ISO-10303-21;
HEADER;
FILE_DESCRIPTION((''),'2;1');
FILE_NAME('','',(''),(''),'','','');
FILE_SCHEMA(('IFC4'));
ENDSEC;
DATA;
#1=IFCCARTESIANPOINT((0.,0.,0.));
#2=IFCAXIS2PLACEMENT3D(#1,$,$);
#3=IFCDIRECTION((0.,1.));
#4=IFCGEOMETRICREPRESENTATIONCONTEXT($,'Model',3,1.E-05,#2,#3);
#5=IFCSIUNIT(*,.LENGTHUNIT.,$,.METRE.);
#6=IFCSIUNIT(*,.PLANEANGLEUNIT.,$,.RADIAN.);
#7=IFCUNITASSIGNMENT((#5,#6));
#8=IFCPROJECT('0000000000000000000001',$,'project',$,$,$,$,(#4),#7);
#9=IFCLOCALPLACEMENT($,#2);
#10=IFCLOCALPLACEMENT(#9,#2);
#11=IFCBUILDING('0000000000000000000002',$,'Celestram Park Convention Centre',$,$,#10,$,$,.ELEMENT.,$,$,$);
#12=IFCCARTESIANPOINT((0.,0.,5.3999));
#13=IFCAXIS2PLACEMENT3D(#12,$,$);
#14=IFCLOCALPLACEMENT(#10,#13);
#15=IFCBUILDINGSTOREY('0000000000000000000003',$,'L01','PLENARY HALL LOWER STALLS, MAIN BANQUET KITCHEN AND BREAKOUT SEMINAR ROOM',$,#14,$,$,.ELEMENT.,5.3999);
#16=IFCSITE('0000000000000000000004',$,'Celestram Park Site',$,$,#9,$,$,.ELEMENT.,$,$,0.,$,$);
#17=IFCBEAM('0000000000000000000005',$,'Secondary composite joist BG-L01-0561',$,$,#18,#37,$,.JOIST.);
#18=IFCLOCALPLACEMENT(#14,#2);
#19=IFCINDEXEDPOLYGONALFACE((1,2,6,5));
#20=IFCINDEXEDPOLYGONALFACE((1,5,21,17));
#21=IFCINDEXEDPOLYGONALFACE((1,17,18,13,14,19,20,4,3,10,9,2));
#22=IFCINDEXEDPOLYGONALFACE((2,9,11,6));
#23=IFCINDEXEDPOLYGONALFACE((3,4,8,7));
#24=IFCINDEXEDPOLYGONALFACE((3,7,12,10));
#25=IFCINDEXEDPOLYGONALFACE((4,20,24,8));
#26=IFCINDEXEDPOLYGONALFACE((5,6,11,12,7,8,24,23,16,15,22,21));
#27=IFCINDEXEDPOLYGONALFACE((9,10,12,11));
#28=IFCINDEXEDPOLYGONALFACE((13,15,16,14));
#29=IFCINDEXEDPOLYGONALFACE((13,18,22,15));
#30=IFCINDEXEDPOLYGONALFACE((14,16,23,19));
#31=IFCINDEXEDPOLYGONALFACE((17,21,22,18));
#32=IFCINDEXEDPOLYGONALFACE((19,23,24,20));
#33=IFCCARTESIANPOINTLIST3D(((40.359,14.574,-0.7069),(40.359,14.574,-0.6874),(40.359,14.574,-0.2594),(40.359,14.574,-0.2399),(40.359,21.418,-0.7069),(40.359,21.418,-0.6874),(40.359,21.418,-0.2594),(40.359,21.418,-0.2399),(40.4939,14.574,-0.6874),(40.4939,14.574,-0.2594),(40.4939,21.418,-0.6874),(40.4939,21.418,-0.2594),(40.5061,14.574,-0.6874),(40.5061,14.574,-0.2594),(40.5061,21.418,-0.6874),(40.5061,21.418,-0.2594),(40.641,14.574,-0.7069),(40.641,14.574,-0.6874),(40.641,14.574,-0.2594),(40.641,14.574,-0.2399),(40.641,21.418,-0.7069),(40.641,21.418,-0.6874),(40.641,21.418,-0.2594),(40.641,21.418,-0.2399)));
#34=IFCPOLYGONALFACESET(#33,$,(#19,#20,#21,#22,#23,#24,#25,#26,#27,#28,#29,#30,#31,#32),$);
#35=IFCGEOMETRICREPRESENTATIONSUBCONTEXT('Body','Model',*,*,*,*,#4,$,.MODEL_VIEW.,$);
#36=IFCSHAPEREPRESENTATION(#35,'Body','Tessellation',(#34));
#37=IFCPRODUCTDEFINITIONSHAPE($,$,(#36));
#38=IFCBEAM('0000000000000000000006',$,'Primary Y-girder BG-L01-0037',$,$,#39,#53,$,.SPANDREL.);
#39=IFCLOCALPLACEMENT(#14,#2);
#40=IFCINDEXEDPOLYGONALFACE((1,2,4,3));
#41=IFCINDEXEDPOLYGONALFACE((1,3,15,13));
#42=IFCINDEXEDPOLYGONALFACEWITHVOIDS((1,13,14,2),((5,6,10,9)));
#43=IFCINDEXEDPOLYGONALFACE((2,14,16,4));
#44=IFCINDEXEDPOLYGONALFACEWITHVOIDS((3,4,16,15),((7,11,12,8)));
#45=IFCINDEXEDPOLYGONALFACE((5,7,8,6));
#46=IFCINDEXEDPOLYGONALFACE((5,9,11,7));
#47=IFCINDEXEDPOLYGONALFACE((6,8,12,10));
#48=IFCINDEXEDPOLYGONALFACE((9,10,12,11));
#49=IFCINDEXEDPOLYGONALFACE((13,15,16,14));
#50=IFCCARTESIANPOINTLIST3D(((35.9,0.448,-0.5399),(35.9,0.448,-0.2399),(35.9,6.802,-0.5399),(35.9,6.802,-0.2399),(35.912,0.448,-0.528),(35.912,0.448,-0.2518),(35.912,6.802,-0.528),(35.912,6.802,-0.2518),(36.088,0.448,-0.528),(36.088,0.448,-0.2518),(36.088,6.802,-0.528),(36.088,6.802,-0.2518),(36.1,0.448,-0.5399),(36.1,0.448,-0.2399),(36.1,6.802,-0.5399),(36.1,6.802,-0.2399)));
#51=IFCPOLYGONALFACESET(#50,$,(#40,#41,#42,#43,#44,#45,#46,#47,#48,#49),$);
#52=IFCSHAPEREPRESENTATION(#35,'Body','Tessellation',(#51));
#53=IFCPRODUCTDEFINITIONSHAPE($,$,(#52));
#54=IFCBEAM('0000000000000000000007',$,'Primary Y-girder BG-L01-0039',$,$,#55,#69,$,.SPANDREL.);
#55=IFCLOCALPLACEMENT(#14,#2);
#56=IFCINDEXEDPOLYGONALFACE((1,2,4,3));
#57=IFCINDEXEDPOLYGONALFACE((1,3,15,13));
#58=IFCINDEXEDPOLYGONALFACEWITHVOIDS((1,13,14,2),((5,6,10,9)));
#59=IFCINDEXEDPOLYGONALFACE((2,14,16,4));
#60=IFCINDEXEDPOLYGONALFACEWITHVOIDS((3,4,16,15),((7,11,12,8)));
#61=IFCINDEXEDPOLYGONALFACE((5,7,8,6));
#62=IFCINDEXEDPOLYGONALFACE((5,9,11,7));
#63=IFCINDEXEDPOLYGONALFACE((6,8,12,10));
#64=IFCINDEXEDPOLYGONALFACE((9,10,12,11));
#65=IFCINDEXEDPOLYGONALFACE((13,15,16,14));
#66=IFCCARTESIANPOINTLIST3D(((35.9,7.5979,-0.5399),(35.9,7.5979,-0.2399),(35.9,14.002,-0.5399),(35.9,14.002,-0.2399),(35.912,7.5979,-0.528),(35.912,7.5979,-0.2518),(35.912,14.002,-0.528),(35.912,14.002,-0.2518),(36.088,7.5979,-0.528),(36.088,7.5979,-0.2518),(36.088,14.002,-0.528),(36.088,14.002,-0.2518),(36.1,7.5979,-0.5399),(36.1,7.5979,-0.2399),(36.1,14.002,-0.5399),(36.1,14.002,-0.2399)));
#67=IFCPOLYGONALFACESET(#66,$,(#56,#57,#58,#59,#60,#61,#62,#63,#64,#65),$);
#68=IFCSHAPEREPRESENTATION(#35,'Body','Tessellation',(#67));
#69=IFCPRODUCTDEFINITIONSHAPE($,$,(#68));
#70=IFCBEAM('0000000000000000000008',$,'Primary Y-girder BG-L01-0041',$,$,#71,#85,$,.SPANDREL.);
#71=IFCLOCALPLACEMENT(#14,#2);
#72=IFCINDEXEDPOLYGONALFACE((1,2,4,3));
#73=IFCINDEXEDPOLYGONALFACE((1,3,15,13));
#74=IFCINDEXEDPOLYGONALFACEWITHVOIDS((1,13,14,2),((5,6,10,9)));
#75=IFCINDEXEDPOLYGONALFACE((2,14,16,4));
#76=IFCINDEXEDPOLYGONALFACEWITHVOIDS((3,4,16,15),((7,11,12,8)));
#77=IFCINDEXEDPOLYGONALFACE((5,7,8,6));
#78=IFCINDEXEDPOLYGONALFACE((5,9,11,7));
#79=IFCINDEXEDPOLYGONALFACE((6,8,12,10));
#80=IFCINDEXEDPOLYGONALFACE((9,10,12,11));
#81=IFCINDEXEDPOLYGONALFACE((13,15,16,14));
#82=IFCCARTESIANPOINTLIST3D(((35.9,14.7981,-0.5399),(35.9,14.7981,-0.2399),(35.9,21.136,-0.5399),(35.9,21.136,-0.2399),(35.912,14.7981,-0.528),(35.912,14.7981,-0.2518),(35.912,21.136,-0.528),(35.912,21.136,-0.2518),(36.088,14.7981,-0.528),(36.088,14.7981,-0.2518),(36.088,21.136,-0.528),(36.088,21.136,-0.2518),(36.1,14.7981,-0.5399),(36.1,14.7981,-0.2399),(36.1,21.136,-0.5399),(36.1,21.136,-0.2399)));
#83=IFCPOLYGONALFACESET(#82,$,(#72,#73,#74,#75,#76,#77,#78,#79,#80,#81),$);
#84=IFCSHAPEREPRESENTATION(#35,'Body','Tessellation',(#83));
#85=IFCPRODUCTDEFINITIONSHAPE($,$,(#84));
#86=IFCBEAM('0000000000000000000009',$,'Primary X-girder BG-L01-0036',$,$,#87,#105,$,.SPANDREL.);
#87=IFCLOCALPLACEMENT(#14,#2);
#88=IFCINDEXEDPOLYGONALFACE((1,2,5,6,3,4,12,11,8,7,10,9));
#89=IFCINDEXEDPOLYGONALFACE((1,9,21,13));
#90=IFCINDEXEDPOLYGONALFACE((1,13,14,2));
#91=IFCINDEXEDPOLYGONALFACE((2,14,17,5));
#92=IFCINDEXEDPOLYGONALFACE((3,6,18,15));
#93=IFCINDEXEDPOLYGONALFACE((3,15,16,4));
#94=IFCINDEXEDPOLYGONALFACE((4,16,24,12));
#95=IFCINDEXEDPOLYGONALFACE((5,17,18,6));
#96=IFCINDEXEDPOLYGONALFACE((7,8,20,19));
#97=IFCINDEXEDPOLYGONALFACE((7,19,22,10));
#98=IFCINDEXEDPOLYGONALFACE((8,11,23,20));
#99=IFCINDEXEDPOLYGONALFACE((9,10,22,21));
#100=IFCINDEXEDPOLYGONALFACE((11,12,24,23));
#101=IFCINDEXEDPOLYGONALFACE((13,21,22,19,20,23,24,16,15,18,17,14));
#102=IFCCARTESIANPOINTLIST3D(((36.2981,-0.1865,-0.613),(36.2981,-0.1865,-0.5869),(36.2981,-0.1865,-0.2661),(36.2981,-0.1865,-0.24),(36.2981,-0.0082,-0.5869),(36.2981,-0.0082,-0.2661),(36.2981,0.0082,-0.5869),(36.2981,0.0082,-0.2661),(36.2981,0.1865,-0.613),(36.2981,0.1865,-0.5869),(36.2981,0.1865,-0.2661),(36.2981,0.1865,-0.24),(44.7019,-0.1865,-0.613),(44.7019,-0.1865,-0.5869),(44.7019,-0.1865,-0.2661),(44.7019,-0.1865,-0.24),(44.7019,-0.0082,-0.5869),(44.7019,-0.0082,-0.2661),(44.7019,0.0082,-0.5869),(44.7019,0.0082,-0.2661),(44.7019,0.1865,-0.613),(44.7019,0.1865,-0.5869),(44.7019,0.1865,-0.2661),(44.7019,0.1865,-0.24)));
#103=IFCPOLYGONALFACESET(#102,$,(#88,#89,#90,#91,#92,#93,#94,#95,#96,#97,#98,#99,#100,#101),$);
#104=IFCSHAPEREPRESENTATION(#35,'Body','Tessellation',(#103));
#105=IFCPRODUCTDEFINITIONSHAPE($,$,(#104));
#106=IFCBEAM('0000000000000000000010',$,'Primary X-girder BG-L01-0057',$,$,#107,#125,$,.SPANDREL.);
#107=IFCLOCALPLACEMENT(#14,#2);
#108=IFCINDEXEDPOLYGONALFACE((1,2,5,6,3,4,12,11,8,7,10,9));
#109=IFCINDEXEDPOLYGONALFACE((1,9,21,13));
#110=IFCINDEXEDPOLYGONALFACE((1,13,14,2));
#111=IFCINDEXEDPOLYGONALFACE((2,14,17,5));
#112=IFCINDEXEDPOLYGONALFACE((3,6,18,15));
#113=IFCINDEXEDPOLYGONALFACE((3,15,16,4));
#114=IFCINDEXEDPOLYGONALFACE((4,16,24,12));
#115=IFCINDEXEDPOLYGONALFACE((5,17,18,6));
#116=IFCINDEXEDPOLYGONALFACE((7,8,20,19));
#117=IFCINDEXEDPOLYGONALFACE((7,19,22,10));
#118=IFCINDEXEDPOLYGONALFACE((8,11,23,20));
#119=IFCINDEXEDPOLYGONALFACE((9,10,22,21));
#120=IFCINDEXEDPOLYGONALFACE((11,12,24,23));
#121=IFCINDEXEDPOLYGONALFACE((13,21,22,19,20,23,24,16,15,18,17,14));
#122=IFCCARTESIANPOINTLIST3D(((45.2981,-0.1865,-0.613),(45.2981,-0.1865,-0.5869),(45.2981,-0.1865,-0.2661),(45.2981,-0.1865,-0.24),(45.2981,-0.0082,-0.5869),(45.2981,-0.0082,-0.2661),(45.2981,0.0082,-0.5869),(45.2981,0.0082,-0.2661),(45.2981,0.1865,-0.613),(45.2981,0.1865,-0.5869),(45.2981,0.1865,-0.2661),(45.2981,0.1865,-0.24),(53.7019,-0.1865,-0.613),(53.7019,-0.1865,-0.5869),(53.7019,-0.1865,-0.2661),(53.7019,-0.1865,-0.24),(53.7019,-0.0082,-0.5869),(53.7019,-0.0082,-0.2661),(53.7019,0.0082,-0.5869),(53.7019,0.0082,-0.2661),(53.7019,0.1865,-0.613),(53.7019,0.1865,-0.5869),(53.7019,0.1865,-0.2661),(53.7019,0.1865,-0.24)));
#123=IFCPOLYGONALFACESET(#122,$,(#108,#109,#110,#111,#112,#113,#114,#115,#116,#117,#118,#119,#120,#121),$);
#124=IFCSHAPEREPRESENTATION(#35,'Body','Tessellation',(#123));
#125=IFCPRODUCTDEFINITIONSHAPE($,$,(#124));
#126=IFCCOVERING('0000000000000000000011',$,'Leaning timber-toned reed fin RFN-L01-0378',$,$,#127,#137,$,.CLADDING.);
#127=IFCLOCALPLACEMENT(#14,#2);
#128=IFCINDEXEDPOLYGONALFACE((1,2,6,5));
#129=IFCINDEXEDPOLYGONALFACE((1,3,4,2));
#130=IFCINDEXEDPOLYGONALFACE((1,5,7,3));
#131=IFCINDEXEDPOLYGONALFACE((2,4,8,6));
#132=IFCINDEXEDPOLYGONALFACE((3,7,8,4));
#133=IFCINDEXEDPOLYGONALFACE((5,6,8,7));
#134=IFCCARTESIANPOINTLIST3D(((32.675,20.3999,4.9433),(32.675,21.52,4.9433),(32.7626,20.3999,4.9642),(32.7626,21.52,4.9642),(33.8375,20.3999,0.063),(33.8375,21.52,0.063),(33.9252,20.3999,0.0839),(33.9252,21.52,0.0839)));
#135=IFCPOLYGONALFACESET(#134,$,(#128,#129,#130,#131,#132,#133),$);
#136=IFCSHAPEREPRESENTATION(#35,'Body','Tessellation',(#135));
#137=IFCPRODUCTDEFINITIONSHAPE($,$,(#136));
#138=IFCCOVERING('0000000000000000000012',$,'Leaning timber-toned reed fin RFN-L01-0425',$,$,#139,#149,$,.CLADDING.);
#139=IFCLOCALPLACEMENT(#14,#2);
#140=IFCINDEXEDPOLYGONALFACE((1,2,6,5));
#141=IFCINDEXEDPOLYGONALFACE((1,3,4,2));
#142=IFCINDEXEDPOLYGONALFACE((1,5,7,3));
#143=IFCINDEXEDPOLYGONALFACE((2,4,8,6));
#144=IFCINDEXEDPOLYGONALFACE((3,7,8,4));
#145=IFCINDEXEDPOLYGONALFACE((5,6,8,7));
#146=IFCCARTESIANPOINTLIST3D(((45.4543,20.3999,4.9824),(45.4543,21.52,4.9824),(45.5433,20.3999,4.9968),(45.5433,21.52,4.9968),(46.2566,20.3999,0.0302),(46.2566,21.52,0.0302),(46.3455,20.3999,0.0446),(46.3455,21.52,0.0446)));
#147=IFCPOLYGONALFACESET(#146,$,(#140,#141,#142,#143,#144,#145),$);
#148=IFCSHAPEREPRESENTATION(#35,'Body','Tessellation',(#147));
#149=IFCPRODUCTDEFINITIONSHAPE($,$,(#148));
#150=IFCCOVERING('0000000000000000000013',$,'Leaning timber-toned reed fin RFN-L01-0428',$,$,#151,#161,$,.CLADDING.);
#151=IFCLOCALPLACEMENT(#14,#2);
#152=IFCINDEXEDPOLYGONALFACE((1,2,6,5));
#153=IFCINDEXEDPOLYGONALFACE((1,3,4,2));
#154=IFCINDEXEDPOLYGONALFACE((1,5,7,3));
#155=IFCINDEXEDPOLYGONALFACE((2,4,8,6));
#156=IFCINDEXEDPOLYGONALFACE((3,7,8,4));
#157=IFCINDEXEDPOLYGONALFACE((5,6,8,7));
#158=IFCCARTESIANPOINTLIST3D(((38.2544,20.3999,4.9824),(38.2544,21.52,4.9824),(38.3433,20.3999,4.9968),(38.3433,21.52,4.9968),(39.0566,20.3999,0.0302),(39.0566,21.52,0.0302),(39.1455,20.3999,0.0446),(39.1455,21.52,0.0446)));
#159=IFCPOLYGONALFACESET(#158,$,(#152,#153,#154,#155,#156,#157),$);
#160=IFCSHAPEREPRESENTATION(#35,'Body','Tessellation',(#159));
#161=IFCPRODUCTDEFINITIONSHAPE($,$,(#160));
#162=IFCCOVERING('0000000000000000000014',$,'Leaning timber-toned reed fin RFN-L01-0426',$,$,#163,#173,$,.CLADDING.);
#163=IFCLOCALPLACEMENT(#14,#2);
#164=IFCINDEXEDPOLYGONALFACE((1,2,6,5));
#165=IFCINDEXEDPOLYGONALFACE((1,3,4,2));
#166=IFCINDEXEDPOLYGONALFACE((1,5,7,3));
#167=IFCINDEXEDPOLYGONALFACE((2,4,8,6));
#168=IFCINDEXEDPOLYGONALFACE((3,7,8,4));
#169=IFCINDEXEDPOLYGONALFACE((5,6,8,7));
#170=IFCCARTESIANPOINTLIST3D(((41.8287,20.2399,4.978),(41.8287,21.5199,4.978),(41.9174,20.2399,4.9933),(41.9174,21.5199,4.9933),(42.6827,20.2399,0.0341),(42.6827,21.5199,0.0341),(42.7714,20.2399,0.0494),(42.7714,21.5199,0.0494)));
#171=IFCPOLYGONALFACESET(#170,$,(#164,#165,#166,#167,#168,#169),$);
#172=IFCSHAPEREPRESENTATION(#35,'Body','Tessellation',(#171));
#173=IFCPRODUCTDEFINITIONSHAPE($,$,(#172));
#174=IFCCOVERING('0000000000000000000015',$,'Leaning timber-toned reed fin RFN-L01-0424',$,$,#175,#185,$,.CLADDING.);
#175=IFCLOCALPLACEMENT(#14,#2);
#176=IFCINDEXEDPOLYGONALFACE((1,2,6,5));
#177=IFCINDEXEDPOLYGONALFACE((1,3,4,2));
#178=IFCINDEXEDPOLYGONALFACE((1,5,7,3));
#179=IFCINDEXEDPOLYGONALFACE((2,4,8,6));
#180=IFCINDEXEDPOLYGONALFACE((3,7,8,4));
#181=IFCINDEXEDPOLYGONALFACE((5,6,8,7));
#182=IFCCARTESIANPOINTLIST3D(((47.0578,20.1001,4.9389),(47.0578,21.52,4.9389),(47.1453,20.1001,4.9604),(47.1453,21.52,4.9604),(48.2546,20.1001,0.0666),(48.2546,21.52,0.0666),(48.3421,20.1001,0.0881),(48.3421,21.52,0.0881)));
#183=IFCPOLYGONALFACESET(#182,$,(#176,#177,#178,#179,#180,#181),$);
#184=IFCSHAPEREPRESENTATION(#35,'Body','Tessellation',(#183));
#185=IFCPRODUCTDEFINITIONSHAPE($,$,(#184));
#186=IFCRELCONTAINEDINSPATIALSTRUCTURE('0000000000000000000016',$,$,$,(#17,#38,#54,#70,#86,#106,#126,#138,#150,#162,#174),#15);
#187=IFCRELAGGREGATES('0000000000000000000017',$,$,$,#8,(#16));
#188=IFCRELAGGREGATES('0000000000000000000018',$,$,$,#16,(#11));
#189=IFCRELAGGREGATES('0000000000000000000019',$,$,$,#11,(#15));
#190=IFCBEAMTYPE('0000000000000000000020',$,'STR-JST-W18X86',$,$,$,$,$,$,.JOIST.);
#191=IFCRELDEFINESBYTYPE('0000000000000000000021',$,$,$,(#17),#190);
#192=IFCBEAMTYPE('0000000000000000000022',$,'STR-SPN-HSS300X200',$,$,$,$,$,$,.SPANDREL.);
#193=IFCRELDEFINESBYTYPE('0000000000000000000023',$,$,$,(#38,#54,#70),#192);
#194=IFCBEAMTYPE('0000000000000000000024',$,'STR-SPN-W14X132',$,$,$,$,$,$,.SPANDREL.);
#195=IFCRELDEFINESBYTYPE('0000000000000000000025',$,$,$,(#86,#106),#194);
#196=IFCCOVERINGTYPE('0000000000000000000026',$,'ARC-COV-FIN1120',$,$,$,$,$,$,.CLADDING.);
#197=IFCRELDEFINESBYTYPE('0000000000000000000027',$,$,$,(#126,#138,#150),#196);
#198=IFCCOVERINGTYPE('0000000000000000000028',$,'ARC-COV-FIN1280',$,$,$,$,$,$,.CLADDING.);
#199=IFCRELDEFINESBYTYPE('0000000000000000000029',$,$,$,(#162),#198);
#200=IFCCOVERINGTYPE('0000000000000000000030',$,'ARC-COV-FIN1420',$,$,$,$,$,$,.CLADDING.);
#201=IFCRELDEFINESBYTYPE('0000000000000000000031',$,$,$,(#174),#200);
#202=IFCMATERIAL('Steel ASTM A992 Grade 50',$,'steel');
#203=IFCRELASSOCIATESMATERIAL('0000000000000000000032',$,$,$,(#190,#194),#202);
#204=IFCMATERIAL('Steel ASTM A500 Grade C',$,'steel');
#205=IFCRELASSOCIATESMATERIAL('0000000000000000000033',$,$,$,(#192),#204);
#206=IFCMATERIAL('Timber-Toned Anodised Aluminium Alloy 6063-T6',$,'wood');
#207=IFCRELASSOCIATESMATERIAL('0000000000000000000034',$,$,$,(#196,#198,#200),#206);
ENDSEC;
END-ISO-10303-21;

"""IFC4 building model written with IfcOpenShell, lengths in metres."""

from ifc_helpers import new_model, si_unit, direction, frame, origin, origin_2d, place, context, subcontext, project, spatial, rectangle, hollow_rectangle, i_section, extrude, material, material_profile, profile_set, type_object, element, save


model = new_model("IFC4")

# Units and contexts
model_context = context("Model", 3, precision=1e-05, world=origin(), true_north=direction((0.0, 1.0)))
body_context = subcontext(model_context, "Body", "Model", "MODEL_VIEW")
ifc_project = project(units=[si_unit("LENGTHUNIT", "METRE"), si_unit("PLANEANGLEUNIT", "RADIAN")], contexts=[model_context])

# Site, building, storey
site_placement = place(None, origin())
site = spatial("IfcSite", under=ifc_project, at=site_placement, Name="Celestram Park Site", CompositionType="ELEMENT", RefElevation=0.0)
building_placement = place(site_placement, origin())
building = spatial("IfcBuilding", under=site, at=building_placement, Name="Celestram Park Convention Centre", CompositionType="ELEMENT")
storey_placement = place(building_placement, frame((0.0, 0.0, 5.3999)))
storey = spatial("IfcBuildingStorey", under=building, at=storey_placement, Name="L01", Description="PLENARY HALL LOWER STALLS, MAIN BANQUET KITCHEN AND BREAKOUT SEMINAR ROOM", CompositionType="ELEMENT", Elevation=5.3999)

# Beams
ifc_material_1 = material(Name="Steel ASTM A992 Grade 50", Category="steel")
ifc_material_profile_1 = material_profile(ifc_material_1, i_section(OverallWidth=0.282, OverallDepth=0.467, WebThickness=0.0122, FlangeThickness=0.0195, at=origin_2d()), Name="W18X86")
ifc_profile_set_1 = profile_set([ifc_material_profile_1], Name="Steel ASTM A992 Grade 50")
beam_type_1 = type_object("IfcBeamType", Name="STR-JST-W18X86", PredefinedType="JOIST", material=ifc_profile_set_1)
beam_1_placement = place(storey_placement, frame((40.5, 14.574, -0.4734), z_axis=(0.0, 1.0, 0.0), x_axis=(-1.0, 0.0, 0.0)))
element("IfcBeam", 1, at=beam_1_placement, inside=storey, type_object=beam_type_1, Name="Secondary composite joist BG-L01-0561", PredefinedType="JOIST", context=body_context, shape_type="SweptSolid", body=[
    extrude(i_section(OverallWidth=0.282, OverallDepth=0.467, WebThickness=0.0122, FlangeThickness=0.0195, at=origin_2d()), origin(), (0.0, 0.0, 1.0), 6.844),
])
ifc_material_2 = material(Name="Steel ASTM A500 Grade C", Category="steel")
ifc_material_profile_2 = material_profile(ifc_material_2, hollow_rectangle(XDim=0.2, YDim=0.3, WallThickness=0.012, at=origin_2d()), Name="HSS300X200X12")
ifc_profile_set_2 = profile_set([ifc_material_profile_2], Name="Steel ASTM A500 Grade C")
beam_type_2 = type_object("IfcBeamType", Name="STR-SPN-HSS300X200", PredefinedType="SPANDREL", material=ifc_profile_set_2)
beam_2_placement = place(storey_placement, frame((36.0, 0.448, -0.3899), z_axis=(0.0, 1.0, 0.0), x_axis=(-1.0, 0.0, 0.0)))
element("IfcBeam", 2, at=beam_2_placement, inside=storey, type_object=beam_type_2, Name="Primary Y-girder BG-L01-0037", PredefinedType="SPANDREL", context=body_context, shape_type="SweptSolid", body=[
    extrude(hollow_rectangle(XDim=0.2, YDim=0.3, WallThickness=0.012, at=origin_2d()), origin(), (0.0, 0.0, 1.0), 6.354),
])
beam_3_placement = place(storey_placement, frame((36.0, 7.5979, -0.3899), z_axis=(0.0, 1.0, 0.0), x_axis=(-1.0, 0.0, 0.0)))
element("IfcBeam", 3, at=beam_3_placement, inside=storey, type_object=beam_type_2, Name="Primary Y-girder BG-L01-0039", PredefinedType="SPANDREL", context=body_context, shape_type="SweptSolid", body=[
    extrude(hollow_rectangle(XDim=0.2, YDim=0.3, WallThickness=0.012, at=origin_2d()), origin(), (0.0, 0.0, 1.0), 6.4041),
])
beam_4_placement = place(storey_placement, frame((36.0, 14.7981, -0.3899), z_axis=(0.0, 1.0, 0.0), x_axis=(-1.0, 0.0, 0.0)))
element("IfcBeam", 4, at=beam_4_placement, inside=storey, type_object=beam_type_2, Name="Primary Y-girder BG-L01-0041", PredefinedType="SPANDREL", context=body_context, shape_type="SweptSolid", body=[
    extrude(hollow_rectangle(XDim=0.2, YDim=0.3, WallThickness=0.012, at=origin_2d()), origin(), (0.0, 0.0, 1.0), 6.3379),
])
ifc_material_profile_3 = material_profile(ifc_material_1, i_section(OverallWidth=0.373, OverallDepth=0.373, WebThickness=0.0164, FlangeThickness=0.0261, at=origin_2d()), Name="W14X132")
ifc_profile_set_3 = profile_set([ifc_material_profile_3], Name="Steel ASTM A992 Grade 50")
beam_type_3 = type_object("IfcBeamType", Name="STR-SPN-W14X132", PredefinedType="SPANDREL", material=ifc_profile_set_3)
for number, where, z_axis, x_axis, name in (
    (5, (36.2981, 0.0, -0.4265), (1.0, 0.0, 0.0), (0.0, 1.0, 0.0), "Primary X-girder BG-L01-0036"),
    (6, (45.2981, 0.0, -0.4265), (1.0, 0.0, 0.0), (0.0, 1.0, 0.0), "Primary X-girder BG-L01-0057"),
):
    element("IfcBeam", number, at=place(storey_placement, frame(where, z_axis=z_axis, x_axis=x_axis)), inside=storey, type_object=beam_type_3, Name=name, PredefinedType="SPANDREL", context=body_context, shape_type="SweptSolid", body=[
        extrude(i_section(OverallWidth=0.373, OverallDepth=0.373, WebThickness=0.0164, FlangeThickness=0.0261, at=origin_2d()), origin(), (0.0, 0.0, 1.0), 8.4038),
    ])

# Coverings
ifc_material_3 = material(Name="Timber-Toned Anodised Aluminium Alloy 6063-T6", Category="wood")
ifc_material_profile_4 = material_profile(ifc_material_3, rectangle(XDim=1.1201, YDim=0.0901, at=origin_2d()), Name="REED1120X90")
ifc_profile_set_4 = profile_set([ifc_material_profile_4], Name="Timber-Toned Anodised Aluminium Alloy 6063-T6")
covering_type_1 = type_object("IfcCoveringType", Name="ARC-COV-FIN1120", PredefinedType="CLADDING", material=ifc_profile_set_4)
for number, where, z_axis, x_axis, name in (
    (7, (33.8813, 20.96, 0.0735), (-0.231735, 0.0, 0.972779), (0.0, -1.0, 0.0), "Leaning timber-toned reed fin RFN-L01-0378"),
    (8, (46.301, 20.96, 0.0374), (-0.159907, 0.0, 0.987132), (0.0, -1.0, 0.0), "Leaning timber-toned reed fin RFN-L01-0425"),
    (9, (39.1011, 20.96, 0.0374), (-0.159907, 0.0, 0.987132), (0.0, -1.0, 0.0), "Leaning timber-toned reed fin RFN-L01-0428"),
):
    element("IfcCovering", number, at=place(storey_placement, frame(where, z_axis=z_axis, x_axis=x_axis)), inside=storey, type_object=covering_type_1, Name=name, PredefinedType="CLADDING", context=body_context, shape_type="SweptSolid", body=[
        extrude(rectangle(XDim=1.1201, YDim=0.0901, at=origin_2d()), origin(), (0.0, 0.0, 1.0), 5.0168),
    ])
ifc_material_profile_5 = material_profile(ifc_material_3, rectangle(XDim=1.28, YDim=0.0901, at=origin_2d()), Name="REED1280X90")
ifc_profile_set_5 = profile_set([ifc_material_profile_5], Name="Timber-Toned Anodised Aluminium Alloy 6063-T6")
covering_type_2 = type_object("IfcCoveringType", Name="ARC-COV-FIN1280", PredefinedType="CLADDING", material=ifc_profile_set_5)
covering_placement = place(storey_placement, frame((42.7271, 20.8799, 0.0417), z_axis=(-0.17022, 0.0, 0.985406), x_axis=(0.0, -1.0, 0.0)))
element("IfcCovering", 10, at=covering_placement, inside=storey, type_object=covering_type_2, Name="Leaning timber-toned reed fin RFN-L01-0426", PredefinedType="CLADDING", context=body_context, shape_type="SweptSolid", body=[
    extrude(rectangle(XDim=1.28, YDim=0.0901, at=origin_2d()), origin(), (0.0, 0.0, 1.0), 5.0171),
])
ifc_material_profile_6 = material_profile(ifc_material_3, rectangle(XDim=1.4199, YDim=0.0901, at=origin_2d()), Name="REED1420X90")
ifc_profile_set_6 = profile_set([ifc_material_profile_6], Name="Timber-Toned Anodised Aluminium Alloy 6063-T6")
covering_type_3 = type_object("IfcCoveringType", Name="ARC-COV-FIN1420", PredefinedType="CLADDING", material=ifc_profile_set_6)
for number, where, z_axis, x_axis, name in (
    (11, (48.2983, 20.8101, 0.0774), (-0.238538, 0.0, 0.971133), (0.0, -1.0, 0.0), "Leaning timber-toned reed fin RFN-L01-0424"),
):
    element("IfcCovering", number, at=place(storey_placement, frame(where, z_axis=z_axis, x_axis=x_axis)), inside=storey, type_object=covering_type_3, Name=name, PredefinedType="CLADDING", context=body_context, shape_type="SweptSolid", body=[
        extrude(rectangle(XDim=1.4199, YDim=0.0901, at=origin_2d()), origin(), (0.0, 0.0, 1.0), 5.0171),
    ])

save(model, "model.ifc")
